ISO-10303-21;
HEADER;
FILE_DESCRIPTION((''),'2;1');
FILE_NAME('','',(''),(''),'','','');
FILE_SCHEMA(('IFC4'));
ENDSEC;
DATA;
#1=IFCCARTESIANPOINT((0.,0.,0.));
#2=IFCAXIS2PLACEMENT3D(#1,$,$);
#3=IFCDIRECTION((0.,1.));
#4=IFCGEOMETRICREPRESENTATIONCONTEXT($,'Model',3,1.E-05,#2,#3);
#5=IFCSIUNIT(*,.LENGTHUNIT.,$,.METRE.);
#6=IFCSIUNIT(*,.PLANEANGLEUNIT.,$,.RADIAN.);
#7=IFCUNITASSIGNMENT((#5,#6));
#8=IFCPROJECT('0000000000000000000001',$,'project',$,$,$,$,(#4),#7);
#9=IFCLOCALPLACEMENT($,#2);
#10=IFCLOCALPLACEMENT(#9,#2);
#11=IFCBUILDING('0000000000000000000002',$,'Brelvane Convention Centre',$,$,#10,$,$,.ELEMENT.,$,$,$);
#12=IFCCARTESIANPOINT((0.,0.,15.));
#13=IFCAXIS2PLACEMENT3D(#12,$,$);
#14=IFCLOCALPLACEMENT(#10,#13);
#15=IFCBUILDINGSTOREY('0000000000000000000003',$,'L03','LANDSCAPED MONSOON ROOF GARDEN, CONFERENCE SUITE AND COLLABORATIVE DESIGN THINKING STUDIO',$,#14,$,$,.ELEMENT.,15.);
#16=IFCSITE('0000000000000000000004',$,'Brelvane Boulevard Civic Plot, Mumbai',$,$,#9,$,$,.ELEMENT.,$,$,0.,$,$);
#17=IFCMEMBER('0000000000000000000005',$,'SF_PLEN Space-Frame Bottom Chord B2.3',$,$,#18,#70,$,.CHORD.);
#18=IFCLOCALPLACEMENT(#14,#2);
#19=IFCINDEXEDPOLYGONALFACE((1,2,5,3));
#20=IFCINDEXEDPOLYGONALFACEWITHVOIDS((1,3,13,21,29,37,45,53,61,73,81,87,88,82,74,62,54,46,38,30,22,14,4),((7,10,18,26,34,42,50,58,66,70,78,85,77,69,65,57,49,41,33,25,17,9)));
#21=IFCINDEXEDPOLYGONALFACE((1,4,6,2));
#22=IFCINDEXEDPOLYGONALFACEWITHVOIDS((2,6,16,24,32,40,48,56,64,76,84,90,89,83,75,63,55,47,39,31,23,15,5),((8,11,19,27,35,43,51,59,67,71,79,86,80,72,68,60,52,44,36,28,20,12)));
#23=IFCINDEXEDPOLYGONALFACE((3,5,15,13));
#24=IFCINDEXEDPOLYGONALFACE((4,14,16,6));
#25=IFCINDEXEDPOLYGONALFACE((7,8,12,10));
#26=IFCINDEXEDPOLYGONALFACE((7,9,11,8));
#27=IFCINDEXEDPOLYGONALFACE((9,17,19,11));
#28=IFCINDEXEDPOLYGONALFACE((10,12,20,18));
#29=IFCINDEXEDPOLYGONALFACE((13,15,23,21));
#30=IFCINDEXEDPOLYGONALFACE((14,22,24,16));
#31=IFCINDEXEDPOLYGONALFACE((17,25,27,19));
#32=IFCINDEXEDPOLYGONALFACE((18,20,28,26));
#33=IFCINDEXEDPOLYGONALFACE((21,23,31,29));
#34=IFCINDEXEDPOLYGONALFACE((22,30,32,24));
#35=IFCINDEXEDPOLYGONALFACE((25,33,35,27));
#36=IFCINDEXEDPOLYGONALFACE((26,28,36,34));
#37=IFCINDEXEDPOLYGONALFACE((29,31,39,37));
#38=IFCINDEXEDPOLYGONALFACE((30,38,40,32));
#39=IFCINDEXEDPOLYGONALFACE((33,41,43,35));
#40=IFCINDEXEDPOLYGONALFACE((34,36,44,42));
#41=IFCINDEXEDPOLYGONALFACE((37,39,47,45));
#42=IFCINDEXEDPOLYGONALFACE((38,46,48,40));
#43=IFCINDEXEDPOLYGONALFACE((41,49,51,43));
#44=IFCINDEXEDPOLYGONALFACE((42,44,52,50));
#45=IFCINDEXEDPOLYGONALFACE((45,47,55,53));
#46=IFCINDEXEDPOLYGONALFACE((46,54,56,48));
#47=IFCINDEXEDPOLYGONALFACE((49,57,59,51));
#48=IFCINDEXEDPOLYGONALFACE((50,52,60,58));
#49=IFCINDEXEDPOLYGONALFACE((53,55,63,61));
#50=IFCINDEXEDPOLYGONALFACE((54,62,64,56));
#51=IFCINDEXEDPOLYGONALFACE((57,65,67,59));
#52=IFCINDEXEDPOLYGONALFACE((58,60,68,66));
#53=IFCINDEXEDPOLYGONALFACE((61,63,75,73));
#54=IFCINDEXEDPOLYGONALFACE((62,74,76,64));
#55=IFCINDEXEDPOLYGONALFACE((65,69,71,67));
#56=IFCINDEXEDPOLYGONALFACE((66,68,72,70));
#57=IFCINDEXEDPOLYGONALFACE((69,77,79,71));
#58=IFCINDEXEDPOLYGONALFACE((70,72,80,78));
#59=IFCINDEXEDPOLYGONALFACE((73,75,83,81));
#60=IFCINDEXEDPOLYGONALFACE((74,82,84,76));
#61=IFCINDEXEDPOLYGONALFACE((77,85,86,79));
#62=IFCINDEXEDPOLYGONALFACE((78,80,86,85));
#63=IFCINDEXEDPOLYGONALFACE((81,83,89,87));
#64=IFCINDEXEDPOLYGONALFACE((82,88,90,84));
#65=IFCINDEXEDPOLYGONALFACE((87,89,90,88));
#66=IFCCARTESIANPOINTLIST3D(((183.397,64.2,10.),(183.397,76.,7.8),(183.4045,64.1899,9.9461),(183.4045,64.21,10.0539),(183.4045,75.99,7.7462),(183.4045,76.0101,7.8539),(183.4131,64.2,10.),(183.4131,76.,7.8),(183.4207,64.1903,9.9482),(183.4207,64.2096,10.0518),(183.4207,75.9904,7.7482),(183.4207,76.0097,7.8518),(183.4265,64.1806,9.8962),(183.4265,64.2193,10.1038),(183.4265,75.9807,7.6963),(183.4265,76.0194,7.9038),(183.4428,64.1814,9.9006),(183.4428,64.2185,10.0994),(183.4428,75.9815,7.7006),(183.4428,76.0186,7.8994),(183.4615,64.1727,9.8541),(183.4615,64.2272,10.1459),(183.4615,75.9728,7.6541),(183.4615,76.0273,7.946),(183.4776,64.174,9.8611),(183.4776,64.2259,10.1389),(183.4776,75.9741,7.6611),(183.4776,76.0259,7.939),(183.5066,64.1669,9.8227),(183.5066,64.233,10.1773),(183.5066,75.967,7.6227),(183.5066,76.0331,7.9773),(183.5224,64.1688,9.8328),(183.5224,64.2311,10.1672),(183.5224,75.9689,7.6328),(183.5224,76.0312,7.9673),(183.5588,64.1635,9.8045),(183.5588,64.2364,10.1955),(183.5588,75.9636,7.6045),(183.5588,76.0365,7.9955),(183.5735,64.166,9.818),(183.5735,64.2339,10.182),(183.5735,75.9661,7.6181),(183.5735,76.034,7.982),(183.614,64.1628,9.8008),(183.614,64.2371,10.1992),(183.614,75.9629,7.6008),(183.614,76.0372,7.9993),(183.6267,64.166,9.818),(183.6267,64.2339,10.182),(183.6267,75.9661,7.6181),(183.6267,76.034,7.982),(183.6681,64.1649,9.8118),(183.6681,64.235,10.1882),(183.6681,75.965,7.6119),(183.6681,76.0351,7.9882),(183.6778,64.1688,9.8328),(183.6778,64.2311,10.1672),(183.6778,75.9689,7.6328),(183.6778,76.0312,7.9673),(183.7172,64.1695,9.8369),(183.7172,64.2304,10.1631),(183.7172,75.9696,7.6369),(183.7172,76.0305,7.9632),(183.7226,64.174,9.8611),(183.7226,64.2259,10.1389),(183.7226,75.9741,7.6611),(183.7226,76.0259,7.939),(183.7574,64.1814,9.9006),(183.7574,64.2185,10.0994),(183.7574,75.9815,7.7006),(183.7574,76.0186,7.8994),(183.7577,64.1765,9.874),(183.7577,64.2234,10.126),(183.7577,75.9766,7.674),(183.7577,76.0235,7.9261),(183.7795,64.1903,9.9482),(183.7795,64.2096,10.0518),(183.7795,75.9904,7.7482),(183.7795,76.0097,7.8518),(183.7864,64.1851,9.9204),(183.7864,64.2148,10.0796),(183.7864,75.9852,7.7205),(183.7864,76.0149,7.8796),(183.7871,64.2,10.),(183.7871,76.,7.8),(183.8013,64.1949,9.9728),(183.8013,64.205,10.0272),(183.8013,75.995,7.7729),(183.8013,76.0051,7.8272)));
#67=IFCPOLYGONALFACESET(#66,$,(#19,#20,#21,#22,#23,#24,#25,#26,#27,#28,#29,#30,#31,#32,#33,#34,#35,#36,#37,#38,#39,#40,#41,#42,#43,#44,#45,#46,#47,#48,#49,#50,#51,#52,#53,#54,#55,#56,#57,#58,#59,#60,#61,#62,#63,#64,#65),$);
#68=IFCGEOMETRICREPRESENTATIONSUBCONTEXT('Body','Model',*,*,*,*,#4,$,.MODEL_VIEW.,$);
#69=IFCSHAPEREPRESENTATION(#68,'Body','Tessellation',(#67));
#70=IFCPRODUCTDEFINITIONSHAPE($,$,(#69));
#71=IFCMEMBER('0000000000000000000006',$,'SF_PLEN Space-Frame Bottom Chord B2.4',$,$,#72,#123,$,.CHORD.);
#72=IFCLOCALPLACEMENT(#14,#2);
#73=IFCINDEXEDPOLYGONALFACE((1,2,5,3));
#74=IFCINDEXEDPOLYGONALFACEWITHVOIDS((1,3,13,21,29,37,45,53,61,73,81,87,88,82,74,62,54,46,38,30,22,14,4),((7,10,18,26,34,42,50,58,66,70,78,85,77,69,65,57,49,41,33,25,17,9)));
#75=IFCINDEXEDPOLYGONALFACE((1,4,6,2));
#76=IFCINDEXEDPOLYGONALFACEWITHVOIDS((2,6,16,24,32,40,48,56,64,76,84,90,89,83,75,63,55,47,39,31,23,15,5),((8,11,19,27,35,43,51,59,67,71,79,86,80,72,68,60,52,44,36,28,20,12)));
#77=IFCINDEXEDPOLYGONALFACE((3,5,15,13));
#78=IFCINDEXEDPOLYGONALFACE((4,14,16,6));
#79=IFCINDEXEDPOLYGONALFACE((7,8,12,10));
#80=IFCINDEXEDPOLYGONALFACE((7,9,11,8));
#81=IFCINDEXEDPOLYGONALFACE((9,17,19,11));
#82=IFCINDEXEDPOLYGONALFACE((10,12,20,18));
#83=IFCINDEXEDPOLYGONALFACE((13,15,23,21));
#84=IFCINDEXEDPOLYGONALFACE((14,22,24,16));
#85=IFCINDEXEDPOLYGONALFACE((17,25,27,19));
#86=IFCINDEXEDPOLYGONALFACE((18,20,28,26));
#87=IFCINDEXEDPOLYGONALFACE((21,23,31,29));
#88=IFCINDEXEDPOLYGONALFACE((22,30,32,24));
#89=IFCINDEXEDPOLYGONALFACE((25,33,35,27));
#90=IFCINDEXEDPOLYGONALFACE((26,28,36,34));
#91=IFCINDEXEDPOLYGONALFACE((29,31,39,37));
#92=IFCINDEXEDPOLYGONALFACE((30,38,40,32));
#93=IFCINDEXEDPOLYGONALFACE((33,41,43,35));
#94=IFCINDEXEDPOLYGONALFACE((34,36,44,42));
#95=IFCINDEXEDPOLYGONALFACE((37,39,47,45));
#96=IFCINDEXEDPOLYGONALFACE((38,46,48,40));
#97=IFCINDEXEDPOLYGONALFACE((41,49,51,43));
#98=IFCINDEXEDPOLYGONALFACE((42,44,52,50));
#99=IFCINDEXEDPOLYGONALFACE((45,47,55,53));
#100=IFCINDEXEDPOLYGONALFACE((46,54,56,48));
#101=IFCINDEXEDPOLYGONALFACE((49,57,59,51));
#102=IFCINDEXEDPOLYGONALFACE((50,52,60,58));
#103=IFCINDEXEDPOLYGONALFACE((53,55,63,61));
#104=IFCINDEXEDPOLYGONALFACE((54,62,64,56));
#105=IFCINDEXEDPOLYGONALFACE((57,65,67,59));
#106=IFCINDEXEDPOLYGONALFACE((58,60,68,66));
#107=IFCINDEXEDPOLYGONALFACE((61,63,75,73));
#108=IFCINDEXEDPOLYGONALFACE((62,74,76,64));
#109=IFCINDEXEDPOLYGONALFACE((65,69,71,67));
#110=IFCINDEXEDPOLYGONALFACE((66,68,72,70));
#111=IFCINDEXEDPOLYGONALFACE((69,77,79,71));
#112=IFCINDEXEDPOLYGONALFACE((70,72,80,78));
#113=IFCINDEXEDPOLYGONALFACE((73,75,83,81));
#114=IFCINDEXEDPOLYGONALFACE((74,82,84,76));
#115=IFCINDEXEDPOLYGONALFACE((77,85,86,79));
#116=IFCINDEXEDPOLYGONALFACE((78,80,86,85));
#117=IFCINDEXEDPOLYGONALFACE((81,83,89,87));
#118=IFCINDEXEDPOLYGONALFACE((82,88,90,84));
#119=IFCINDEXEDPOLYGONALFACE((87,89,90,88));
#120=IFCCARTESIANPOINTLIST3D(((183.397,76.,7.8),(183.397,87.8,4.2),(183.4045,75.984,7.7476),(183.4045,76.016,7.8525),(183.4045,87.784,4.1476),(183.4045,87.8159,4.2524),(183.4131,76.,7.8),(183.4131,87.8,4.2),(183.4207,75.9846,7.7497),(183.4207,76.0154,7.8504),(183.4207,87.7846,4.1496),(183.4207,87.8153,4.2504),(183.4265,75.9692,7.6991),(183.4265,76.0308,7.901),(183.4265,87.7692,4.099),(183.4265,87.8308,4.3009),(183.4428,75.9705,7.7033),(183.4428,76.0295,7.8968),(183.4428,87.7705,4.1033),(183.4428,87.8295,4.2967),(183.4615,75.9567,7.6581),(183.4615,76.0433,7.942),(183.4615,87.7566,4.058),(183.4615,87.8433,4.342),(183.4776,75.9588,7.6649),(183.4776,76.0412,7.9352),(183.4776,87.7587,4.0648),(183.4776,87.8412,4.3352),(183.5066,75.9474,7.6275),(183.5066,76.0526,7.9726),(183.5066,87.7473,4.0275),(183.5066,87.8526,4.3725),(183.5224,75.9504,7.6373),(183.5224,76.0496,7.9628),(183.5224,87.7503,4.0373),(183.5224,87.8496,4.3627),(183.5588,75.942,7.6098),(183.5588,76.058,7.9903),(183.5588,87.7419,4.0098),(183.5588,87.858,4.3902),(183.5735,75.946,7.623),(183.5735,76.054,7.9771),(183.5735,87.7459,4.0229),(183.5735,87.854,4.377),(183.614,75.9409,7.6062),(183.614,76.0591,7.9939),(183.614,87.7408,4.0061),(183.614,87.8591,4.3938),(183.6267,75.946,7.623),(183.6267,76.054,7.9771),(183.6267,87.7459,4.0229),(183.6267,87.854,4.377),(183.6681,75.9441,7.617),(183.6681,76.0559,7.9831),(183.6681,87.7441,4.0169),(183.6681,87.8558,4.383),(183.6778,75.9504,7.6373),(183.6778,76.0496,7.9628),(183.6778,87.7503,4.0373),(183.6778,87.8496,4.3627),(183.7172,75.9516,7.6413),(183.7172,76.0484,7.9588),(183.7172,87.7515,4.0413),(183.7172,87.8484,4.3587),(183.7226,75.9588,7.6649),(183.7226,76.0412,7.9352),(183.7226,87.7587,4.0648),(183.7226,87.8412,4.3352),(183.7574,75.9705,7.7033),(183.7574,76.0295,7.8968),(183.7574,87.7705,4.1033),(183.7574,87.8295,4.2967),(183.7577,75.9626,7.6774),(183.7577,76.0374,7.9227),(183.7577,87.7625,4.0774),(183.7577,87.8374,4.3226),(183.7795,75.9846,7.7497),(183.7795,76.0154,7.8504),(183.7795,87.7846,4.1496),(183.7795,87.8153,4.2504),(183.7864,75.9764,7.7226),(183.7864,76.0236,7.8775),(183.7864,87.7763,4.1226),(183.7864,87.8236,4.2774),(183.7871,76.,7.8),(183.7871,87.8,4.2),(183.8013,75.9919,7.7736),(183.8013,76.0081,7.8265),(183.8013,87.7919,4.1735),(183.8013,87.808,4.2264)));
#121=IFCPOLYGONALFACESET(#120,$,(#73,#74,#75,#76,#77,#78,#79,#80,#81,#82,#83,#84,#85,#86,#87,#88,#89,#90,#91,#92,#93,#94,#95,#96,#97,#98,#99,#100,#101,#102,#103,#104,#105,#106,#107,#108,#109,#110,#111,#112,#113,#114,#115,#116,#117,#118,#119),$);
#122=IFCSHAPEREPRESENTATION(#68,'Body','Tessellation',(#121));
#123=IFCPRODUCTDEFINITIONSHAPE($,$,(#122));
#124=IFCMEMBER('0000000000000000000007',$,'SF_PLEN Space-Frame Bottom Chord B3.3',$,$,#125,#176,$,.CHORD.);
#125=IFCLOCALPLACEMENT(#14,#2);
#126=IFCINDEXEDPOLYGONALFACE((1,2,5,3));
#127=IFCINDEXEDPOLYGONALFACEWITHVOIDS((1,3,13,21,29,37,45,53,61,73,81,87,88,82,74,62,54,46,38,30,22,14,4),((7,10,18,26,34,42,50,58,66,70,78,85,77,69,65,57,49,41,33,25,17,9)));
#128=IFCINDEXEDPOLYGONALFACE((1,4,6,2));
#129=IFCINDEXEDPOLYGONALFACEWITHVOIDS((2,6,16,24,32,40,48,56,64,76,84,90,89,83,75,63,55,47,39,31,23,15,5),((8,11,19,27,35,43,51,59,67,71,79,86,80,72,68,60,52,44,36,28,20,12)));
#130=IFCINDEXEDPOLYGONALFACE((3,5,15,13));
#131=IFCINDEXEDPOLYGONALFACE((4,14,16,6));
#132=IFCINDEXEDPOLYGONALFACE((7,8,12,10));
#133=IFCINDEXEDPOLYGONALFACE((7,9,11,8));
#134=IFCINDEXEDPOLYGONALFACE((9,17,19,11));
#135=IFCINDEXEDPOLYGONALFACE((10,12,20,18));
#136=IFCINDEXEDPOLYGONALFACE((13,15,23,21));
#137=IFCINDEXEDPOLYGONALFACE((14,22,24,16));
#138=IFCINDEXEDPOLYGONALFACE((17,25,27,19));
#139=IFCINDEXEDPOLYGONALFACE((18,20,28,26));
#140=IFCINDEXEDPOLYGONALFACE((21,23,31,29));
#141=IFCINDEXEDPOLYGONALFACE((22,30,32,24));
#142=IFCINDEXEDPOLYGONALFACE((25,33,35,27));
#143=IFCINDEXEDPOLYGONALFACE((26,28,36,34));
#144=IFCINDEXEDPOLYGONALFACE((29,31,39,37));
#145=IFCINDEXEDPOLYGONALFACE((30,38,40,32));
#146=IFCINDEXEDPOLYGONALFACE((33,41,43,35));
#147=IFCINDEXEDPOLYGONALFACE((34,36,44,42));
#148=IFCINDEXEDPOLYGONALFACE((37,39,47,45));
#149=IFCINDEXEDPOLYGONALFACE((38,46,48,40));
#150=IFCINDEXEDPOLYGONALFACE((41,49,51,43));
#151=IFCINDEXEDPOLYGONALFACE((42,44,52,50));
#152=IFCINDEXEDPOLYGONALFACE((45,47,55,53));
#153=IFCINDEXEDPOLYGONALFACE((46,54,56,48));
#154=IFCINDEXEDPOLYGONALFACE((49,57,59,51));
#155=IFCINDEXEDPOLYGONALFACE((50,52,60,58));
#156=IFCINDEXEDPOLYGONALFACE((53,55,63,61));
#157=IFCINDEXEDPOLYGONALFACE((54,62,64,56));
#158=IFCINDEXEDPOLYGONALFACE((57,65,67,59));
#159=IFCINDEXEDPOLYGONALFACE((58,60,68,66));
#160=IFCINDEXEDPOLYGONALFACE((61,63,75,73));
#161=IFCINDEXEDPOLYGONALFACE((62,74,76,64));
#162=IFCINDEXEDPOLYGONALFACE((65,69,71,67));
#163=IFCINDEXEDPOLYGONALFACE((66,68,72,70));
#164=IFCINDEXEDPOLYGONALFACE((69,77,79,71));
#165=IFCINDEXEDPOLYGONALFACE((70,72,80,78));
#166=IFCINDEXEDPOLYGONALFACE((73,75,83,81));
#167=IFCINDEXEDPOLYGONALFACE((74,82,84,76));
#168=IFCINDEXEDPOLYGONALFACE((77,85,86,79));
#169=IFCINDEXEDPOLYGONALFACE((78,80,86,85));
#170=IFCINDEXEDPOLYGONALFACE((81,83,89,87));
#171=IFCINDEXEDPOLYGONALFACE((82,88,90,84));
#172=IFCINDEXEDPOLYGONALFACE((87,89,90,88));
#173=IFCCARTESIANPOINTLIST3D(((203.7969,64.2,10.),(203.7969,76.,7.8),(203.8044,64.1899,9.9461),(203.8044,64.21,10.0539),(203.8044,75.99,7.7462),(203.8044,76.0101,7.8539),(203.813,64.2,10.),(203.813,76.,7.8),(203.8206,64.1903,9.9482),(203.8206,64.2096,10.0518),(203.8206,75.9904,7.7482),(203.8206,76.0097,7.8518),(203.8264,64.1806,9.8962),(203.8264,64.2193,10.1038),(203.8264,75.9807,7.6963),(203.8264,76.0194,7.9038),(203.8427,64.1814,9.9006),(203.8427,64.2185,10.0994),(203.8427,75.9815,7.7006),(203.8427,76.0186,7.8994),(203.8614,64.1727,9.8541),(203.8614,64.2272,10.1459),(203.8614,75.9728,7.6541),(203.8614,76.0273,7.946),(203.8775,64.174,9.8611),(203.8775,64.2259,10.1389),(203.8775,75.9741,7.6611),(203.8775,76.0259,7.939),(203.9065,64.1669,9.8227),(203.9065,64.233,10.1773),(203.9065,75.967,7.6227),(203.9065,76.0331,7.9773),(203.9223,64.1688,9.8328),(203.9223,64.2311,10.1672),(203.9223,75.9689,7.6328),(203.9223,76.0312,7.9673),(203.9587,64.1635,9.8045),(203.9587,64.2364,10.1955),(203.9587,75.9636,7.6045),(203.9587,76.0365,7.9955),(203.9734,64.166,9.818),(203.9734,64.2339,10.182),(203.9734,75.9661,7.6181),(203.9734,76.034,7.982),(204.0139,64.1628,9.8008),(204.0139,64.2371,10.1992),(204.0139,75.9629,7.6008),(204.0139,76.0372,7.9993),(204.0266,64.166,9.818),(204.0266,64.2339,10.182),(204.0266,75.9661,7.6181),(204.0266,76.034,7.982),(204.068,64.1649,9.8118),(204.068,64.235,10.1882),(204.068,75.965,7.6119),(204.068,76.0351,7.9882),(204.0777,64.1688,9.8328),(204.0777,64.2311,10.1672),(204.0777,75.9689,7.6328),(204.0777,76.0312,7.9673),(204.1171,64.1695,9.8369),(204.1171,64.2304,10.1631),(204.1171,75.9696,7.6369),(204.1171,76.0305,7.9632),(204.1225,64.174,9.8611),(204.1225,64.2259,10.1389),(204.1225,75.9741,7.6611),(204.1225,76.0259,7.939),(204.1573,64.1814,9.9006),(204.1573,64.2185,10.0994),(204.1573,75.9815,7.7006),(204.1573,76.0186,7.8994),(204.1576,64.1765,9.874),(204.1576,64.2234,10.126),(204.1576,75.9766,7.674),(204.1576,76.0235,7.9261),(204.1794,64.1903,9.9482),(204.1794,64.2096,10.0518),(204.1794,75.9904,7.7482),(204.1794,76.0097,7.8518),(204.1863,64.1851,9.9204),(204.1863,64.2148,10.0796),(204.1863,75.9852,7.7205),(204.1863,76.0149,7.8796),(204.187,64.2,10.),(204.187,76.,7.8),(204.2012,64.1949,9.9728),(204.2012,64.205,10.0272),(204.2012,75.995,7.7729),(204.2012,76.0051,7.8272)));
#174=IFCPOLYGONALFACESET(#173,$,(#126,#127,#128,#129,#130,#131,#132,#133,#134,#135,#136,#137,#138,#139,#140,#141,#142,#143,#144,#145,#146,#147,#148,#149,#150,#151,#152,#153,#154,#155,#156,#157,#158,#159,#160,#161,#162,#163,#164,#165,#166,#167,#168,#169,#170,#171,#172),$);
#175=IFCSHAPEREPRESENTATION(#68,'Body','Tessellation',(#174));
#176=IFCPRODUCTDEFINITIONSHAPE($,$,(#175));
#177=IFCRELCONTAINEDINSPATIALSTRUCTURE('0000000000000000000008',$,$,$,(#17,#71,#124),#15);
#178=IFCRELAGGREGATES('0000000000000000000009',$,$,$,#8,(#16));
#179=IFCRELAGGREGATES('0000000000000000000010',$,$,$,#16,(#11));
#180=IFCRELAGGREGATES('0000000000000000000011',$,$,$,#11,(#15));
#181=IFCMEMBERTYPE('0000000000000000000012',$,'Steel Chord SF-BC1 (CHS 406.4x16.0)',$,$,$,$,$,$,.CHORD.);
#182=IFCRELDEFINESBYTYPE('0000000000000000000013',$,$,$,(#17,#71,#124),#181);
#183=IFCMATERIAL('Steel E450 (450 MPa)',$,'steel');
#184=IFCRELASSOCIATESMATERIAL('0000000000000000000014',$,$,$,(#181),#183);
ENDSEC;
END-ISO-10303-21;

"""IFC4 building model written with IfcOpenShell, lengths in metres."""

from ifc_helpers import new_model, si_unit, direction, frame, origin, origin_2d, place, context, subcontext, project, spatial, hollow_circle, extrude, material, material_profile, profile_set, type_object, element, save


model = new_model("IFC4")

# Units and contexts
model_context = context("Model", 3, precision=1e-05, world=origin(), true_north=direction((0.0, 1.0)))
body_context = subcontext(model_context, "Body", "Model", "MODEL_VIEW")
ifc_project = project(units=[si_unit("LENGTHUNIT", "METRE"), si_unit("PLANEANGLEUNIT", "RADIAN")], contexts=[model_context])

# Site, building, storey
site_placement = place(None, origin())
site = spatial("IfcSite", under=ifc_project, at=site_placement, Name="Brelvane Boulevard Civic Plot, Mumbai", CompositionType="ELEMENT", RefElevation=0.0)
building_placement = place(site_placement, origin())
building = spatial("IfcBuilding", under=site, at=building_placement, Name="Brelvane Convention Centre", CompositionType="ELEMENT")
storey_placement = place(building_placement, frame((0.0, 0.0, 15.0)))
storey = spatial("IfcBuildingStorey", under=building, at=storey_placement, Name="L03", Description="LANDSCAPED MONSOON ROOF GARDEN, CONFERENCE SUITE AND COLLABORATIVE DESIGN THINKING STUDIO", CompositionType="ELEMENT", Elevation=15.0)

# Members
ifc_material_1 = material(Name="Steel E450 (450 MPa)", Category="steel")
ifc_material_profile_1 = material_profile(ifc_material_1, hollow_circle(Radius=0.2031, WallThickness=0.0161, at=origin_2d()), Name="CHS 406.4x16.0")
ifc_profile_set_1 = profile_set([ifc_material_profile_1], Name="Steel E450 (450 MPa)")
member_type_1 = type_object("IfcMemberType", Name="Steel Chord SF-BC1 (CHS 406.4x16.0)", PredefinedType="CHORD", material=ifc_profile_set_1)
member_1_placement = place(storey_placement, frame((183.6001, 64.2, 10.0), z_axis=(0.0, 0.983061, -0.183278), x_axis=(-1.0, 0.0, 0.0)))
element("IfcMember", 1, at=member_1_placement, inside=storey, type_object=member_type_1, Name="SF_PLEN Space-Frame Bottom Chord B2.3", PredefinedType="CHORD", context=body_context, shape_type="SweptSolid", body=[
    extrude(hollow_circle(Radius=0.2031, WallThickness=0.0161, at=origin_2d()), origin(), (0.0, 0.0, 1.0), 12.0034),
])
member_2_placement = place(storey_placement, frame((183.6001, 76.0, 7.8), z_axis=(0.0, 0.956475, -0.291813), x_axis=(-1.0, 0.0, 0.0)))
element("IfcMember", 2, at=member_2_placement, inside=storey, type_object=member_type_1, Name="SF_PLEN Space-Frame Bottom Chord B2.4", PredefinedType="CHORD", context=body_context, shape_type="SweptSolid", body=[
    extrude(hollow_circle(Radius=0.2031, WallThickness=0.0161, at=origin_2d()), origin(), (0.0, 0.0, 1.0), 12.3369),
])
member_3_placement = place(storey_placement, frame((204.0, 64.2, 10.0), z_axis=(0.0, 0.983061, -0.183278), x_axis=(-1.0, 0.0, 0.0)))
element("IfcMember", 3, at=member_3_placement, inside=storey, type_object=member_type_1, Name="SF_PLEN Space-Frame Bottom Chord B3.3", PredefinedType="CHORD", context=body_context, shape_type="SweptSolid", body=[
    extrude(hollow_circle(Radius=0.2031, WallThickness=0.0161, at=origin_2d()), origin(), (0.0, 0.0, 1.0), 12.0034),
])

save(model, "model.ifc")
